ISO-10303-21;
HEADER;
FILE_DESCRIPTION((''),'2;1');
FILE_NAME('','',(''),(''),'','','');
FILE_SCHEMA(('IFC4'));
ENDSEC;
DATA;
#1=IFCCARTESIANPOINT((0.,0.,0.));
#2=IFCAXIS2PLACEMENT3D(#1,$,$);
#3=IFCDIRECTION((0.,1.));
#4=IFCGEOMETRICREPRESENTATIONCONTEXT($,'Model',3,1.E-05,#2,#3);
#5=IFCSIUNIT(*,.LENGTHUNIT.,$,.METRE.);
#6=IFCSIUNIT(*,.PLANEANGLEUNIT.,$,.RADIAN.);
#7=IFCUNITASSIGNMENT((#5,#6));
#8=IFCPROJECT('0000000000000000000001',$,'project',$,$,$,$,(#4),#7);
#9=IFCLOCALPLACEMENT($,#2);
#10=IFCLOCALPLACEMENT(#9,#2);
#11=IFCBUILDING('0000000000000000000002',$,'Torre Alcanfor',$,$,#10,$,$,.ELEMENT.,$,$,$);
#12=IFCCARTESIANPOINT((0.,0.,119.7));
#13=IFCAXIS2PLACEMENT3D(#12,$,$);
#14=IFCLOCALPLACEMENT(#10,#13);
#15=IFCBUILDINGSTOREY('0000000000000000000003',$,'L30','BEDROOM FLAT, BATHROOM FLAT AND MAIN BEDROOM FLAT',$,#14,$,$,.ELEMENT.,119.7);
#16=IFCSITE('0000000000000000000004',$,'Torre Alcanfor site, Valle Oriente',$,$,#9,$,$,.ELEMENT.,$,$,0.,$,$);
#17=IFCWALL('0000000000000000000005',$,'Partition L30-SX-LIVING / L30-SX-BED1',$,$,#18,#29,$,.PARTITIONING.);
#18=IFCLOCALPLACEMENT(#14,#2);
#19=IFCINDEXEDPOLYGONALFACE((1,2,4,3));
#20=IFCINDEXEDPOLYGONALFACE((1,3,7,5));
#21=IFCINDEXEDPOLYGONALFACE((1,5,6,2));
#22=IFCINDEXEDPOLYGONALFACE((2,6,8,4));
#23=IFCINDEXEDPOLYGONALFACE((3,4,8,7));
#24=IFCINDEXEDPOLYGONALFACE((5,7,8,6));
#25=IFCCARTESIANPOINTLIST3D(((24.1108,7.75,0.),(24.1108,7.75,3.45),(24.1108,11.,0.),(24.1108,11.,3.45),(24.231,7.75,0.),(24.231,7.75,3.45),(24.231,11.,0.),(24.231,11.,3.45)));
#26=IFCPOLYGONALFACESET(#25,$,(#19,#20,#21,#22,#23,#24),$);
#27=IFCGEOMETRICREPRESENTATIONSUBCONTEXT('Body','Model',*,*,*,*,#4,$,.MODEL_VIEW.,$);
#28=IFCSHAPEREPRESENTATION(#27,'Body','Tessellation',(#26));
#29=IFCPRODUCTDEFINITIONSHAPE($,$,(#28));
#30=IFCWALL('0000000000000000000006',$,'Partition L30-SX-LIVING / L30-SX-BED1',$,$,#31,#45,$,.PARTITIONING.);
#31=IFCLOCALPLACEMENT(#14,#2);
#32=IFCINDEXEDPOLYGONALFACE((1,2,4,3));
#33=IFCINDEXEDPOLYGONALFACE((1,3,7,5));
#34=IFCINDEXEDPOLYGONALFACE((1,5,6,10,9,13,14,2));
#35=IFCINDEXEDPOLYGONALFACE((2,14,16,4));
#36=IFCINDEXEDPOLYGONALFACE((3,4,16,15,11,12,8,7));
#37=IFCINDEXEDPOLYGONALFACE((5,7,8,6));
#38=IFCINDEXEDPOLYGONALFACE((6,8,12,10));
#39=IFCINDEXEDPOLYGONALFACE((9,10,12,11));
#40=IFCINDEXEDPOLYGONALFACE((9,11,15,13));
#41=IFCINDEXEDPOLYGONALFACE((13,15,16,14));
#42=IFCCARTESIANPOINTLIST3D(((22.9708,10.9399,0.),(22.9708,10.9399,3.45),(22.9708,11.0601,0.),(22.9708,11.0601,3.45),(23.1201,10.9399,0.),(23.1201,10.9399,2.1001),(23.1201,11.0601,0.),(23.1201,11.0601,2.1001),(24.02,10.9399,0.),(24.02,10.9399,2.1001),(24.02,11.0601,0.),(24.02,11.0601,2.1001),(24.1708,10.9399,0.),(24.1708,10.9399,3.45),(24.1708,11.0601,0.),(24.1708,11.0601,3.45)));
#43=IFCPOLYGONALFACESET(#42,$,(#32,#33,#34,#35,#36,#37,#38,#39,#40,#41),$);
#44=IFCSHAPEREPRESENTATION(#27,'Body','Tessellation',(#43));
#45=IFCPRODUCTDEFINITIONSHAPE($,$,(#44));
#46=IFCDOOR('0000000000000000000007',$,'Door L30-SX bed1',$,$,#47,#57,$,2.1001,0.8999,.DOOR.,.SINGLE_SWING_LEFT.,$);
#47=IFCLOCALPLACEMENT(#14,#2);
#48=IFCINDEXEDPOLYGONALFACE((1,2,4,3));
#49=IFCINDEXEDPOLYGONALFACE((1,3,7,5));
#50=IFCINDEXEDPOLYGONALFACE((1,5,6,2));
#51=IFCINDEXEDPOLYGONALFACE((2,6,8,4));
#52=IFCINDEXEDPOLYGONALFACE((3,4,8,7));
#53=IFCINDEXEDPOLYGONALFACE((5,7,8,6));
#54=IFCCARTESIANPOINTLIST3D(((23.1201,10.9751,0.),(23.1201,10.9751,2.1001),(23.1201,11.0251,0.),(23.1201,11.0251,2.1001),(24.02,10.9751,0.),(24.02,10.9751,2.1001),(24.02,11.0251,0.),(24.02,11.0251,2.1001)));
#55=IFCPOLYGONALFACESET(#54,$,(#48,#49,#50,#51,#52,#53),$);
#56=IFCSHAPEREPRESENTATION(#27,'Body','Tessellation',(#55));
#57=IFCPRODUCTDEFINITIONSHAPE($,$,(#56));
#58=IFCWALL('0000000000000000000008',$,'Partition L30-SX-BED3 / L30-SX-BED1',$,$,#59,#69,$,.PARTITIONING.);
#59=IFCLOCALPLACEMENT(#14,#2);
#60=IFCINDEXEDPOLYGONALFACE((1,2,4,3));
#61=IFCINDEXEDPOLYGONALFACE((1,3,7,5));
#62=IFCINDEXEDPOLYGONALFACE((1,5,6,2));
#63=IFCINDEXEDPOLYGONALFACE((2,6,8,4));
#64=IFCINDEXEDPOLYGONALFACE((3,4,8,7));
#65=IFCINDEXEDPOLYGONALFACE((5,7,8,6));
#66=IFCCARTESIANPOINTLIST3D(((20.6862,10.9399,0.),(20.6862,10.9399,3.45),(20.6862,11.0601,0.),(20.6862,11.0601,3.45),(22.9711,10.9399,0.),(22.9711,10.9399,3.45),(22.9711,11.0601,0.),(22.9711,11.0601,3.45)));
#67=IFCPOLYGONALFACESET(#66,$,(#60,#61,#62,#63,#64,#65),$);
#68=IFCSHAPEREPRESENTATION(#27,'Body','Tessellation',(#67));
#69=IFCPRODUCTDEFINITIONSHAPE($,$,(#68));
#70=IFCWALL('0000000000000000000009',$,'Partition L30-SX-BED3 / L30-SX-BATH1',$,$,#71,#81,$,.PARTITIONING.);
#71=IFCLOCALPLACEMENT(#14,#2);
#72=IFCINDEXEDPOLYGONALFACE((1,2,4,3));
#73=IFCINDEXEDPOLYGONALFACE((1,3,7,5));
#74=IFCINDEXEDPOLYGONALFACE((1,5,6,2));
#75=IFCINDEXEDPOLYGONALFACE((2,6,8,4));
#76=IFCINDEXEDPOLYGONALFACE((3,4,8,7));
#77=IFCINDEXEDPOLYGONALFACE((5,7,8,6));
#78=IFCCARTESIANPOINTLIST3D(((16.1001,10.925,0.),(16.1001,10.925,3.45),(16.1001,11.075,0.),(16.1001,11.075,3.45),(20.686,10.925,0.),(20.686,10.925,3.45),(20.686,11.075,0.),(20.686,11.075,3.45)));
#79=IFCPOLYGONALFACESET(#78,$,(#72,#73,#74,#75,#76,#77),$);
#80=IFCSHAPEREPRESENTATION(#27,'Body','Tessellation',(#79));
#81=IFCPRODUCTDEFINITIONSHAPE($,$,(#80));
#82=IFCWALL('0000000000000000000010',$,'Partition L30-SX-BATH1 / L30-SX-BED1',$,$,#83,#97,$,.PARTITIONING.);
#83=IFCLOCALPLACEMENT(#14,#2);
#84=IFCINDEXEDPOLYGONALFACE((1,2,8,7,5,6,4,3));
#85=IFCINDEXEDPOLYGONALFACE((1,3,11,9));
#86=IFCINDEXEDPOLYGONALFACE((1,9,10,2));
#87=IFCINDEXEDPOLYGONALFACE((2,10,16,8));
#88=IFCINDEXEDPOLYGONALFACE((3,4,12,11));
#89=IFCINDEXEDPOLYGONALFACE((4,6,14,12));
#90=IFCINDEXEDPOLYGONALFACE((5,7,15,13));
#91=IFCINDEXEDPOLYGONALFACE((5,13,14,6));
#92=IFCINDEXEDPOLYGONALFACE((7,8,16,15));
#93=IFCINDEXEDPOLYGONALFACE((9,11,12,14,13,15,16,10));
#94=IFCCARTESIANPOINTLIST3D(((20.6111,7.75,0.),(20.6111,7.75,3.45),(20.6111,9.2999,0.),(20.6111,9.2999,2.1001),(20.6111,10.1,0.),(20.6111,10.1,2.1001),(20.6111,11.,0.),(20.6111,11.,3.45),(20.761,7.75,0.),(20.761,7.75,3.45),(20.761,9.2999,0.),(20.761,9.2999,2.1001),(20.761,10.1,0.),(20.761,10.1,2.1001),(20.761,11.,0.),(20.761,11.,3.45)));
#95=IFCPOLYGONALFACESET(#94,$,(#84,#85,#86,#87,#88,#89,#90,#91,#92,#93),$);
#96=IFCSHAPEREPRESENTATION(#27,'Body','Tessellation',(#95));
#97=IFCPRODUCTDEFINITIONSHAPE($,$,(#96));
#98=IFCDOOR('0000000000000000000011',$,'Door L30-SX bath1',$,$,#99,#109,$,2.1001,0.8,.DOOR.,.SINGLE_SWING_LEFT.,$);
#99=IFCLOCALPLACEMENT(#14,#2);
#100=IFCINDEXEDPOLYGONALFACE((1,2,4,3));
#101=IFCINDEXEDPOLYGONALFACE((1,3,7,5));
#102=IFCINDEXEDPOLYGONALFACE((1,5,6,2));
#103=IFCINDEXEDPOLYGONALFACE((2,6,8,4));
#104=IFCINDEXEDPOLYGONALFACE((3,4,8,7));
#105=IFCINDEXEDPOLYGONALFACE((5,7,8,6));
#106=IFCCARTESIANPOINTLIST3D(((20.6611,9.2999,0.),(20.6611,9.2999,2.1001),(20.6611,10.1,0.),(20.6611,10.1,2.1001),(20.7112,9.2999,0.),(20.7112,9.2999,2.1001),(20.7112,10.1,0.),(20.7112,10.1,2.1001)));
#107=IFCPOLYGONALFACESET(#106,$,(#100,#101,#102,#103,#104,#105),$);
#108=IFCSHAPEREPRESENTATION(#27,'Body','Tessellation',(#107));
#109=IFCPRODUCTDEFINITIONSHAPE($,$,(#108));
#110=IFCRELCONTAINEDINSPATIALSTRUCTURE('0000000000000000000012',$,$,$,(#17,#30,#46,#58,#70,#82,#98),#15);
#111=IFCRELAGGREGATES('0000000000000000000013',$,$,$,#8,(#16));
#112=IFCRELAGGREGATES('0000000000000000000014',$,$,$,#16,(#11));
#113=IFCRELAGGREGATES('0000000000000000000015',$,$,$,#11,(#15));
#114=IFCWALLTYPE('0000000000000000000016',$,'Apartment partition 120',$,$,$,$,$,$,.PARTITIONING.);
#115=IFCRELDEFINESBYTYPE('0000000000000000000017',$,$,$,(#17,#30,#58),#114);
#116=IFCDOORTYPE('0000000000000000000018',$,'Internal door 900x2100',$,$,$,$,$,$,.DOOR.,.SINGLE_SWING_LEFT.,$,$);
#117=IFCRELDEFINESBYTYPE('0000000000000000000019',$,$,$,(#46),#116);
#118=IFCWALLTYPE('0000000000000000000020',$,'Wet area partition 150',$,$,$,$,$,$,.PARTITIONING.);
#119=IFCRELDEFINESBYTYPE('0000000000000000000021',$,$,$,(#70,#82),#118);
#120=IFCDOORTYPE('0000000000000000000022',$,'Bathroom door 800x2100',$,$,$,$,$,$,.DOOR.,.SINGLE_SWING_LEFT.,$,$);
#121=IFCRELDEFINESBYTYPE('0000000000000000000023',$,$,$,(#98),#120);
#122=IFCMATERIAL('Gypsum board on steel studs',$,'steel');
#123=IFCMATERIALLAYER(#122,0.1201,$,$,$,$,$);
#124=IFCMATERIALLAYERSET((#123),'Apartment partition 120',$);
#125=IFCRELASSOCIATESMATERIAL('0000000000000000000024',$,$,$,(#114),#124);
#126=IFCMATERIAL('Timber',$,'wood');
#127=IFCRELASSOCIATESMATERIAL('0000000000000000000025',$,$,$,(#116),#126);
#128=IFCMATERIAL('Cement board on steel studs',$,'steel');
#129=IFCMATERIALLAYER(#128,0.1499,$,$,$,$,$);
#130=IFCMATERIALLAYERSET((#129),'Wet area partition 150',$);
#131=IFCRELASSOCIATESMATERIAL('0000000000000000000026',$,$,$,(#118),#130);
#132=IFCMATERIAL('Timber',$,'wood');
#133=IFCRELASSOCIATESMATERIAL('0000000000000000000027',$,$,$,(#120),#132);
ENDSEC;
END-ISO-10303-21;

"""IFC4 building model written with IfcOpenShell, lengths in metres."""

from ifc_helpers import new_model, si_unit, direction, frame, frame_2d, origin, place, context, subcontext, project, spatial, rectangle, extrude, material, layer, layer_set, type_object, element, fill, save


model = new_model("IFC4")

# Units and contexts
model_context = context("Model", 3, precision=1e-05, world=origin(), true_north=direction((0.0, 1.0)))
body_context = subcontext(model_context, "Body", "Model", "MODEL_VIEW")
ifc_project = project(units=[si_unit("LENGTHUNIT", "METRE"), si_unit("PLANEANGLEUNIT", "RADIAN")], contexts=[model_context])

# Site, building, storey
site_placement = place(None, origin())
site = spatial("IfcSite", under=ifc_project, at=site_placement, Name="Torre Alcanfor site, Valle Oriente", CompositionType="ELEMENT", RefElevation=0.0)
building_placement = place(site_placement, origin())
building = spatial("IfcBuilding", under=site, at=building_placement, Name="Torre Alcanfor", CompositionType="ELEMENT")
storey_placement = place(building_placement, frame((0.0, 0.0, 119.7)))
storey = spatial("IfcBuildingStorey", under=building, at=storey_placement, Name="L30", Description="BEDROOM FLAT, BATHROOM FLAT AND MAIN BEDROOM FLAT", CompositionType="ELEMENT", Elevation=119.7)

# Shared definitions
ifc_material_1 = material(Name="Gypsum board on steel studs", Category="steel")
ifc_layer_1 = layer(ifc_material_1, 0.1201)
ifc_layer_set_1 = layer_set([ifc_layer_1], Name="Apartment partition 120")
wall_type_1 = type_object("IfcWallType", Name="Apartment partition 120", PredefinedType="PARTITIONING", material=ifc_layer_set_1)

# Shared definitions
ifc_material_2 = material(Name="Timber", Category="wood")
door_type_1 = type_object("IfcDoorType", Name="Internal door 900x2100", OperationType="SINGLE_SWING_LEFT", PredefinedType="DOOR", material=ifc_material_2)

# Wall
wall_1_placement = place(storey_placement, frame((24.1709, 7.75, 0.0), z_axis=(0.0, 0.0, 1.0), x_axis=(0.0, 1.0, 0.0)))
element("IfcWall", 1, at=wall_1_placement, inside=storey, type_object=wall_type_1, Name="Partition L30-SX-LIVING / L30-SX-BED1", PredefinedType="PARTITIONING", context=body_context, shape_type="SweptSolid", body=[
    extrude(rectangle(XDim=3.25, YDim=0.1201, at=frame_2d((1.625, 0.0))), origin(), (0.0, 0.0, 1.0), 3.45),
])

# Wall, opening, door
wall_2_placement = place(storey_placement, frame((24.1709, 11.0, 0.0), z_axis=(0.0, 0.0, 1.0), x_axis=(-1.0, 0.0, 0.0)))
wall_2 = element("IfcWall", 2, at=wall_2_placement, inside=storey, type_object=wall_type_1, Name="Partition L30-SX-LIVING / L30-SX-BED1", PredefinedType="PARTITIONING", context=body_context, shape_type="SweptSolid", body=[
    extrude(rectangle(XDim=1.2, YDim=0.1201, at=frame_2d((0.6001, 0.0))), origin(), (0.0, 0.0, 1.0), 3.45),
])
opening_1_placement = place(wall_2_placement, frame((0.1509, 0.0, 0.0)))
opening_1 = element("IfcOpeningElement", 3, at=opening_1_placement, cuts=wall_2, PredefinedType="OPENING", context=body_context, shape_type="SweptSolid", body=[
    extrude(rectangle(XDim=0.8999, YDim=2.1001, at=frame_2d((0.45, 1.05))), frame((0.0, 0.0701, 0.0), z_axis=(0.0, -1.0, 0.0), x_axis=(1.0, 0.0, 0.0)), (0.0, 0.0, 1.0), 0.1401),
])
door_1_placement = place(opening_1_placement, origin())
door_1 = element("IfcDoor", 4, at=door_1_placement, inside=storey, type_object=door_type_1, Name="Door L30-SX bed1", OperationType="SINGLE_SWING_LEFT", OverallHeight=2.1001, OverallWidth=0.8999, PredefinedType="DOOR", context=body_context, shape_type="SweptSolid", body=[
    extrude(rectangle(XDim=0.8999, YDim=2.1001, at=frame_2d((0.45, 1.05))), frame((0.0, 0.0249, 0.0), z_axis=(0.0, -1.0, 0.0), x_axis=(1.0, 0.0, 0.0)), (0.0, 0.0, 1.0), 0.05),
])
fill(opening_1, door_1)

# Walls
wall_3_placement = place(storey_placement, frame((20.686, 11.0, 0.0), z_axis=(0.0, 0.0, 1.0), x_axis=(1.0, 0.0, 0.0)))
element("IfcWall", 5, at=wall_3_placement, inside=storey, type_object=wall_type_1, Name="Partition L30-SX-BED3 / L30-SX-BED1", PredefinedType="PARTITIONING", context=body_context, shape_type="SweptSolid", body=[
    extrude(rectangle(XDim=2.2849, YDim=0.1201, at=frame_2d((1.1426, 0.0))), origin(), (0.0, 0.0, 1.0), 3.45),
])
ifc_material_3 = material(Name="Cement board on steel studs", Category="steel")
ifc_layer_2 = layer(ifc_material_3, 0.1499)
ifc_layer_set_2 = layer_set([ifc_layer_2], Name="Wet area partition 150")
wall_type_2 = type_object("IfcWallType", Name="Wet area partition 150", PredefinedType="PARTITIONING", material=ifc_layer_set_2)
wall_4_placement = place(storey_placement, frame((16.1001, 11.0, 0.0), z_axis=(0.0, 0.0, 1.0), x_axis=(1.0, 0.0, 0.0)))
element("IfcWall", 6, at=wall_4_placement, inside=storey, type_object=wall_type_2, Name="Partition L30-SX-BED3 / L30-SX-BATH1", PredefinedType="PARTITIONING", context=body_context, shape_type="SweptSolid", body=[
    extrude(rectangle(XDim=4.5859, YDim=0.1499, at=frame_2d((2.293, 0.0))), origin(), (0.0, 0.0, 1.0), 3.45),
])

# Wall, opening, door
wall_5_placement = place(storey_placement, frame((20.686, 7.75, 0.0), z_axis=(0.0, 0.0, 1.0), x_axis=(0.0, 1.0, 0.0)))
wall_5 = element("IfcWall", 7, at=wall_5_placement, inside=storey, type_object=wall_type_2, Name="Partition L30-SX-BATH1 / L30-SX-BED1", PredefinedType="PARTITIONING", context=body_context, shape_type="SweptSolid", body=[
    extrude(rectangle(XDim=3.25, YDim=0.1499, at=frame_2d((1.625, 0.0))), origin(), (0.0, 0.0, 1.0), 3.45),
])
opening_2_placement = place(wall_5_placement, frame((1.55, 0.0, 0.0)))
opening_2 = element("IfcOpeningElement", 8, at=opening_2_placement, cuts=wall_5, PredefinedType="OPENING", context=body_context, shape_type="SweptSolid", body=[
    extrude(rectangle(XDim=0.8, YDim=2.1001, at=frame_2d((0.3999, 1.05))), frame((0.0, 0.085, 0.0), z_axis=(0.0, -1.0, 0.0), x_axis=(1.0, 0.0, 0.0)), (0.0, 0.0, 1.0), 0.1699),
])
ifc_material_4 = material(Name="Timber", Category="wood")
door_type_2 = type_object("IfcDoorType", Name="Bathroom door 800x2100", OperationType="SINGLE_SWING_LEFT", PredefinedType="DOOR", material=ifc_material_4)
door_2_placement = place(opening_2_placement, frame((0.8, 0.0, 0.0), z_axis=(0.0, 0.0, 1.0), x_axis=(-1.0, 0.0, 0.0)))
door_2 = element("IfcDoor", 9, at=door_2_placement, inside=storey, type_object=door_type_2, Name="Door L30-SX bath1", OperationType="SINGLE_SWING_LEFT", OverallHeight=2.1001, OverallWidth=0.8, PredefinedType="DOOR", context=body_context, shape_type="SweptSolid", body=[
    extrude(rectangle(XDim=0.8, YDim=2.1001, at=frame_2d((0.4001, 1.05))), frame((0.0, 0.0251, 0.0), z_axis=(0.0, -1.0, 0.0), x_axis=(1.0, 0.0, 0.0)), (0.0, 0.0, 1.0), 0.05),
])
fill(opening_2, door_2)

save(model, "model.ifc")
